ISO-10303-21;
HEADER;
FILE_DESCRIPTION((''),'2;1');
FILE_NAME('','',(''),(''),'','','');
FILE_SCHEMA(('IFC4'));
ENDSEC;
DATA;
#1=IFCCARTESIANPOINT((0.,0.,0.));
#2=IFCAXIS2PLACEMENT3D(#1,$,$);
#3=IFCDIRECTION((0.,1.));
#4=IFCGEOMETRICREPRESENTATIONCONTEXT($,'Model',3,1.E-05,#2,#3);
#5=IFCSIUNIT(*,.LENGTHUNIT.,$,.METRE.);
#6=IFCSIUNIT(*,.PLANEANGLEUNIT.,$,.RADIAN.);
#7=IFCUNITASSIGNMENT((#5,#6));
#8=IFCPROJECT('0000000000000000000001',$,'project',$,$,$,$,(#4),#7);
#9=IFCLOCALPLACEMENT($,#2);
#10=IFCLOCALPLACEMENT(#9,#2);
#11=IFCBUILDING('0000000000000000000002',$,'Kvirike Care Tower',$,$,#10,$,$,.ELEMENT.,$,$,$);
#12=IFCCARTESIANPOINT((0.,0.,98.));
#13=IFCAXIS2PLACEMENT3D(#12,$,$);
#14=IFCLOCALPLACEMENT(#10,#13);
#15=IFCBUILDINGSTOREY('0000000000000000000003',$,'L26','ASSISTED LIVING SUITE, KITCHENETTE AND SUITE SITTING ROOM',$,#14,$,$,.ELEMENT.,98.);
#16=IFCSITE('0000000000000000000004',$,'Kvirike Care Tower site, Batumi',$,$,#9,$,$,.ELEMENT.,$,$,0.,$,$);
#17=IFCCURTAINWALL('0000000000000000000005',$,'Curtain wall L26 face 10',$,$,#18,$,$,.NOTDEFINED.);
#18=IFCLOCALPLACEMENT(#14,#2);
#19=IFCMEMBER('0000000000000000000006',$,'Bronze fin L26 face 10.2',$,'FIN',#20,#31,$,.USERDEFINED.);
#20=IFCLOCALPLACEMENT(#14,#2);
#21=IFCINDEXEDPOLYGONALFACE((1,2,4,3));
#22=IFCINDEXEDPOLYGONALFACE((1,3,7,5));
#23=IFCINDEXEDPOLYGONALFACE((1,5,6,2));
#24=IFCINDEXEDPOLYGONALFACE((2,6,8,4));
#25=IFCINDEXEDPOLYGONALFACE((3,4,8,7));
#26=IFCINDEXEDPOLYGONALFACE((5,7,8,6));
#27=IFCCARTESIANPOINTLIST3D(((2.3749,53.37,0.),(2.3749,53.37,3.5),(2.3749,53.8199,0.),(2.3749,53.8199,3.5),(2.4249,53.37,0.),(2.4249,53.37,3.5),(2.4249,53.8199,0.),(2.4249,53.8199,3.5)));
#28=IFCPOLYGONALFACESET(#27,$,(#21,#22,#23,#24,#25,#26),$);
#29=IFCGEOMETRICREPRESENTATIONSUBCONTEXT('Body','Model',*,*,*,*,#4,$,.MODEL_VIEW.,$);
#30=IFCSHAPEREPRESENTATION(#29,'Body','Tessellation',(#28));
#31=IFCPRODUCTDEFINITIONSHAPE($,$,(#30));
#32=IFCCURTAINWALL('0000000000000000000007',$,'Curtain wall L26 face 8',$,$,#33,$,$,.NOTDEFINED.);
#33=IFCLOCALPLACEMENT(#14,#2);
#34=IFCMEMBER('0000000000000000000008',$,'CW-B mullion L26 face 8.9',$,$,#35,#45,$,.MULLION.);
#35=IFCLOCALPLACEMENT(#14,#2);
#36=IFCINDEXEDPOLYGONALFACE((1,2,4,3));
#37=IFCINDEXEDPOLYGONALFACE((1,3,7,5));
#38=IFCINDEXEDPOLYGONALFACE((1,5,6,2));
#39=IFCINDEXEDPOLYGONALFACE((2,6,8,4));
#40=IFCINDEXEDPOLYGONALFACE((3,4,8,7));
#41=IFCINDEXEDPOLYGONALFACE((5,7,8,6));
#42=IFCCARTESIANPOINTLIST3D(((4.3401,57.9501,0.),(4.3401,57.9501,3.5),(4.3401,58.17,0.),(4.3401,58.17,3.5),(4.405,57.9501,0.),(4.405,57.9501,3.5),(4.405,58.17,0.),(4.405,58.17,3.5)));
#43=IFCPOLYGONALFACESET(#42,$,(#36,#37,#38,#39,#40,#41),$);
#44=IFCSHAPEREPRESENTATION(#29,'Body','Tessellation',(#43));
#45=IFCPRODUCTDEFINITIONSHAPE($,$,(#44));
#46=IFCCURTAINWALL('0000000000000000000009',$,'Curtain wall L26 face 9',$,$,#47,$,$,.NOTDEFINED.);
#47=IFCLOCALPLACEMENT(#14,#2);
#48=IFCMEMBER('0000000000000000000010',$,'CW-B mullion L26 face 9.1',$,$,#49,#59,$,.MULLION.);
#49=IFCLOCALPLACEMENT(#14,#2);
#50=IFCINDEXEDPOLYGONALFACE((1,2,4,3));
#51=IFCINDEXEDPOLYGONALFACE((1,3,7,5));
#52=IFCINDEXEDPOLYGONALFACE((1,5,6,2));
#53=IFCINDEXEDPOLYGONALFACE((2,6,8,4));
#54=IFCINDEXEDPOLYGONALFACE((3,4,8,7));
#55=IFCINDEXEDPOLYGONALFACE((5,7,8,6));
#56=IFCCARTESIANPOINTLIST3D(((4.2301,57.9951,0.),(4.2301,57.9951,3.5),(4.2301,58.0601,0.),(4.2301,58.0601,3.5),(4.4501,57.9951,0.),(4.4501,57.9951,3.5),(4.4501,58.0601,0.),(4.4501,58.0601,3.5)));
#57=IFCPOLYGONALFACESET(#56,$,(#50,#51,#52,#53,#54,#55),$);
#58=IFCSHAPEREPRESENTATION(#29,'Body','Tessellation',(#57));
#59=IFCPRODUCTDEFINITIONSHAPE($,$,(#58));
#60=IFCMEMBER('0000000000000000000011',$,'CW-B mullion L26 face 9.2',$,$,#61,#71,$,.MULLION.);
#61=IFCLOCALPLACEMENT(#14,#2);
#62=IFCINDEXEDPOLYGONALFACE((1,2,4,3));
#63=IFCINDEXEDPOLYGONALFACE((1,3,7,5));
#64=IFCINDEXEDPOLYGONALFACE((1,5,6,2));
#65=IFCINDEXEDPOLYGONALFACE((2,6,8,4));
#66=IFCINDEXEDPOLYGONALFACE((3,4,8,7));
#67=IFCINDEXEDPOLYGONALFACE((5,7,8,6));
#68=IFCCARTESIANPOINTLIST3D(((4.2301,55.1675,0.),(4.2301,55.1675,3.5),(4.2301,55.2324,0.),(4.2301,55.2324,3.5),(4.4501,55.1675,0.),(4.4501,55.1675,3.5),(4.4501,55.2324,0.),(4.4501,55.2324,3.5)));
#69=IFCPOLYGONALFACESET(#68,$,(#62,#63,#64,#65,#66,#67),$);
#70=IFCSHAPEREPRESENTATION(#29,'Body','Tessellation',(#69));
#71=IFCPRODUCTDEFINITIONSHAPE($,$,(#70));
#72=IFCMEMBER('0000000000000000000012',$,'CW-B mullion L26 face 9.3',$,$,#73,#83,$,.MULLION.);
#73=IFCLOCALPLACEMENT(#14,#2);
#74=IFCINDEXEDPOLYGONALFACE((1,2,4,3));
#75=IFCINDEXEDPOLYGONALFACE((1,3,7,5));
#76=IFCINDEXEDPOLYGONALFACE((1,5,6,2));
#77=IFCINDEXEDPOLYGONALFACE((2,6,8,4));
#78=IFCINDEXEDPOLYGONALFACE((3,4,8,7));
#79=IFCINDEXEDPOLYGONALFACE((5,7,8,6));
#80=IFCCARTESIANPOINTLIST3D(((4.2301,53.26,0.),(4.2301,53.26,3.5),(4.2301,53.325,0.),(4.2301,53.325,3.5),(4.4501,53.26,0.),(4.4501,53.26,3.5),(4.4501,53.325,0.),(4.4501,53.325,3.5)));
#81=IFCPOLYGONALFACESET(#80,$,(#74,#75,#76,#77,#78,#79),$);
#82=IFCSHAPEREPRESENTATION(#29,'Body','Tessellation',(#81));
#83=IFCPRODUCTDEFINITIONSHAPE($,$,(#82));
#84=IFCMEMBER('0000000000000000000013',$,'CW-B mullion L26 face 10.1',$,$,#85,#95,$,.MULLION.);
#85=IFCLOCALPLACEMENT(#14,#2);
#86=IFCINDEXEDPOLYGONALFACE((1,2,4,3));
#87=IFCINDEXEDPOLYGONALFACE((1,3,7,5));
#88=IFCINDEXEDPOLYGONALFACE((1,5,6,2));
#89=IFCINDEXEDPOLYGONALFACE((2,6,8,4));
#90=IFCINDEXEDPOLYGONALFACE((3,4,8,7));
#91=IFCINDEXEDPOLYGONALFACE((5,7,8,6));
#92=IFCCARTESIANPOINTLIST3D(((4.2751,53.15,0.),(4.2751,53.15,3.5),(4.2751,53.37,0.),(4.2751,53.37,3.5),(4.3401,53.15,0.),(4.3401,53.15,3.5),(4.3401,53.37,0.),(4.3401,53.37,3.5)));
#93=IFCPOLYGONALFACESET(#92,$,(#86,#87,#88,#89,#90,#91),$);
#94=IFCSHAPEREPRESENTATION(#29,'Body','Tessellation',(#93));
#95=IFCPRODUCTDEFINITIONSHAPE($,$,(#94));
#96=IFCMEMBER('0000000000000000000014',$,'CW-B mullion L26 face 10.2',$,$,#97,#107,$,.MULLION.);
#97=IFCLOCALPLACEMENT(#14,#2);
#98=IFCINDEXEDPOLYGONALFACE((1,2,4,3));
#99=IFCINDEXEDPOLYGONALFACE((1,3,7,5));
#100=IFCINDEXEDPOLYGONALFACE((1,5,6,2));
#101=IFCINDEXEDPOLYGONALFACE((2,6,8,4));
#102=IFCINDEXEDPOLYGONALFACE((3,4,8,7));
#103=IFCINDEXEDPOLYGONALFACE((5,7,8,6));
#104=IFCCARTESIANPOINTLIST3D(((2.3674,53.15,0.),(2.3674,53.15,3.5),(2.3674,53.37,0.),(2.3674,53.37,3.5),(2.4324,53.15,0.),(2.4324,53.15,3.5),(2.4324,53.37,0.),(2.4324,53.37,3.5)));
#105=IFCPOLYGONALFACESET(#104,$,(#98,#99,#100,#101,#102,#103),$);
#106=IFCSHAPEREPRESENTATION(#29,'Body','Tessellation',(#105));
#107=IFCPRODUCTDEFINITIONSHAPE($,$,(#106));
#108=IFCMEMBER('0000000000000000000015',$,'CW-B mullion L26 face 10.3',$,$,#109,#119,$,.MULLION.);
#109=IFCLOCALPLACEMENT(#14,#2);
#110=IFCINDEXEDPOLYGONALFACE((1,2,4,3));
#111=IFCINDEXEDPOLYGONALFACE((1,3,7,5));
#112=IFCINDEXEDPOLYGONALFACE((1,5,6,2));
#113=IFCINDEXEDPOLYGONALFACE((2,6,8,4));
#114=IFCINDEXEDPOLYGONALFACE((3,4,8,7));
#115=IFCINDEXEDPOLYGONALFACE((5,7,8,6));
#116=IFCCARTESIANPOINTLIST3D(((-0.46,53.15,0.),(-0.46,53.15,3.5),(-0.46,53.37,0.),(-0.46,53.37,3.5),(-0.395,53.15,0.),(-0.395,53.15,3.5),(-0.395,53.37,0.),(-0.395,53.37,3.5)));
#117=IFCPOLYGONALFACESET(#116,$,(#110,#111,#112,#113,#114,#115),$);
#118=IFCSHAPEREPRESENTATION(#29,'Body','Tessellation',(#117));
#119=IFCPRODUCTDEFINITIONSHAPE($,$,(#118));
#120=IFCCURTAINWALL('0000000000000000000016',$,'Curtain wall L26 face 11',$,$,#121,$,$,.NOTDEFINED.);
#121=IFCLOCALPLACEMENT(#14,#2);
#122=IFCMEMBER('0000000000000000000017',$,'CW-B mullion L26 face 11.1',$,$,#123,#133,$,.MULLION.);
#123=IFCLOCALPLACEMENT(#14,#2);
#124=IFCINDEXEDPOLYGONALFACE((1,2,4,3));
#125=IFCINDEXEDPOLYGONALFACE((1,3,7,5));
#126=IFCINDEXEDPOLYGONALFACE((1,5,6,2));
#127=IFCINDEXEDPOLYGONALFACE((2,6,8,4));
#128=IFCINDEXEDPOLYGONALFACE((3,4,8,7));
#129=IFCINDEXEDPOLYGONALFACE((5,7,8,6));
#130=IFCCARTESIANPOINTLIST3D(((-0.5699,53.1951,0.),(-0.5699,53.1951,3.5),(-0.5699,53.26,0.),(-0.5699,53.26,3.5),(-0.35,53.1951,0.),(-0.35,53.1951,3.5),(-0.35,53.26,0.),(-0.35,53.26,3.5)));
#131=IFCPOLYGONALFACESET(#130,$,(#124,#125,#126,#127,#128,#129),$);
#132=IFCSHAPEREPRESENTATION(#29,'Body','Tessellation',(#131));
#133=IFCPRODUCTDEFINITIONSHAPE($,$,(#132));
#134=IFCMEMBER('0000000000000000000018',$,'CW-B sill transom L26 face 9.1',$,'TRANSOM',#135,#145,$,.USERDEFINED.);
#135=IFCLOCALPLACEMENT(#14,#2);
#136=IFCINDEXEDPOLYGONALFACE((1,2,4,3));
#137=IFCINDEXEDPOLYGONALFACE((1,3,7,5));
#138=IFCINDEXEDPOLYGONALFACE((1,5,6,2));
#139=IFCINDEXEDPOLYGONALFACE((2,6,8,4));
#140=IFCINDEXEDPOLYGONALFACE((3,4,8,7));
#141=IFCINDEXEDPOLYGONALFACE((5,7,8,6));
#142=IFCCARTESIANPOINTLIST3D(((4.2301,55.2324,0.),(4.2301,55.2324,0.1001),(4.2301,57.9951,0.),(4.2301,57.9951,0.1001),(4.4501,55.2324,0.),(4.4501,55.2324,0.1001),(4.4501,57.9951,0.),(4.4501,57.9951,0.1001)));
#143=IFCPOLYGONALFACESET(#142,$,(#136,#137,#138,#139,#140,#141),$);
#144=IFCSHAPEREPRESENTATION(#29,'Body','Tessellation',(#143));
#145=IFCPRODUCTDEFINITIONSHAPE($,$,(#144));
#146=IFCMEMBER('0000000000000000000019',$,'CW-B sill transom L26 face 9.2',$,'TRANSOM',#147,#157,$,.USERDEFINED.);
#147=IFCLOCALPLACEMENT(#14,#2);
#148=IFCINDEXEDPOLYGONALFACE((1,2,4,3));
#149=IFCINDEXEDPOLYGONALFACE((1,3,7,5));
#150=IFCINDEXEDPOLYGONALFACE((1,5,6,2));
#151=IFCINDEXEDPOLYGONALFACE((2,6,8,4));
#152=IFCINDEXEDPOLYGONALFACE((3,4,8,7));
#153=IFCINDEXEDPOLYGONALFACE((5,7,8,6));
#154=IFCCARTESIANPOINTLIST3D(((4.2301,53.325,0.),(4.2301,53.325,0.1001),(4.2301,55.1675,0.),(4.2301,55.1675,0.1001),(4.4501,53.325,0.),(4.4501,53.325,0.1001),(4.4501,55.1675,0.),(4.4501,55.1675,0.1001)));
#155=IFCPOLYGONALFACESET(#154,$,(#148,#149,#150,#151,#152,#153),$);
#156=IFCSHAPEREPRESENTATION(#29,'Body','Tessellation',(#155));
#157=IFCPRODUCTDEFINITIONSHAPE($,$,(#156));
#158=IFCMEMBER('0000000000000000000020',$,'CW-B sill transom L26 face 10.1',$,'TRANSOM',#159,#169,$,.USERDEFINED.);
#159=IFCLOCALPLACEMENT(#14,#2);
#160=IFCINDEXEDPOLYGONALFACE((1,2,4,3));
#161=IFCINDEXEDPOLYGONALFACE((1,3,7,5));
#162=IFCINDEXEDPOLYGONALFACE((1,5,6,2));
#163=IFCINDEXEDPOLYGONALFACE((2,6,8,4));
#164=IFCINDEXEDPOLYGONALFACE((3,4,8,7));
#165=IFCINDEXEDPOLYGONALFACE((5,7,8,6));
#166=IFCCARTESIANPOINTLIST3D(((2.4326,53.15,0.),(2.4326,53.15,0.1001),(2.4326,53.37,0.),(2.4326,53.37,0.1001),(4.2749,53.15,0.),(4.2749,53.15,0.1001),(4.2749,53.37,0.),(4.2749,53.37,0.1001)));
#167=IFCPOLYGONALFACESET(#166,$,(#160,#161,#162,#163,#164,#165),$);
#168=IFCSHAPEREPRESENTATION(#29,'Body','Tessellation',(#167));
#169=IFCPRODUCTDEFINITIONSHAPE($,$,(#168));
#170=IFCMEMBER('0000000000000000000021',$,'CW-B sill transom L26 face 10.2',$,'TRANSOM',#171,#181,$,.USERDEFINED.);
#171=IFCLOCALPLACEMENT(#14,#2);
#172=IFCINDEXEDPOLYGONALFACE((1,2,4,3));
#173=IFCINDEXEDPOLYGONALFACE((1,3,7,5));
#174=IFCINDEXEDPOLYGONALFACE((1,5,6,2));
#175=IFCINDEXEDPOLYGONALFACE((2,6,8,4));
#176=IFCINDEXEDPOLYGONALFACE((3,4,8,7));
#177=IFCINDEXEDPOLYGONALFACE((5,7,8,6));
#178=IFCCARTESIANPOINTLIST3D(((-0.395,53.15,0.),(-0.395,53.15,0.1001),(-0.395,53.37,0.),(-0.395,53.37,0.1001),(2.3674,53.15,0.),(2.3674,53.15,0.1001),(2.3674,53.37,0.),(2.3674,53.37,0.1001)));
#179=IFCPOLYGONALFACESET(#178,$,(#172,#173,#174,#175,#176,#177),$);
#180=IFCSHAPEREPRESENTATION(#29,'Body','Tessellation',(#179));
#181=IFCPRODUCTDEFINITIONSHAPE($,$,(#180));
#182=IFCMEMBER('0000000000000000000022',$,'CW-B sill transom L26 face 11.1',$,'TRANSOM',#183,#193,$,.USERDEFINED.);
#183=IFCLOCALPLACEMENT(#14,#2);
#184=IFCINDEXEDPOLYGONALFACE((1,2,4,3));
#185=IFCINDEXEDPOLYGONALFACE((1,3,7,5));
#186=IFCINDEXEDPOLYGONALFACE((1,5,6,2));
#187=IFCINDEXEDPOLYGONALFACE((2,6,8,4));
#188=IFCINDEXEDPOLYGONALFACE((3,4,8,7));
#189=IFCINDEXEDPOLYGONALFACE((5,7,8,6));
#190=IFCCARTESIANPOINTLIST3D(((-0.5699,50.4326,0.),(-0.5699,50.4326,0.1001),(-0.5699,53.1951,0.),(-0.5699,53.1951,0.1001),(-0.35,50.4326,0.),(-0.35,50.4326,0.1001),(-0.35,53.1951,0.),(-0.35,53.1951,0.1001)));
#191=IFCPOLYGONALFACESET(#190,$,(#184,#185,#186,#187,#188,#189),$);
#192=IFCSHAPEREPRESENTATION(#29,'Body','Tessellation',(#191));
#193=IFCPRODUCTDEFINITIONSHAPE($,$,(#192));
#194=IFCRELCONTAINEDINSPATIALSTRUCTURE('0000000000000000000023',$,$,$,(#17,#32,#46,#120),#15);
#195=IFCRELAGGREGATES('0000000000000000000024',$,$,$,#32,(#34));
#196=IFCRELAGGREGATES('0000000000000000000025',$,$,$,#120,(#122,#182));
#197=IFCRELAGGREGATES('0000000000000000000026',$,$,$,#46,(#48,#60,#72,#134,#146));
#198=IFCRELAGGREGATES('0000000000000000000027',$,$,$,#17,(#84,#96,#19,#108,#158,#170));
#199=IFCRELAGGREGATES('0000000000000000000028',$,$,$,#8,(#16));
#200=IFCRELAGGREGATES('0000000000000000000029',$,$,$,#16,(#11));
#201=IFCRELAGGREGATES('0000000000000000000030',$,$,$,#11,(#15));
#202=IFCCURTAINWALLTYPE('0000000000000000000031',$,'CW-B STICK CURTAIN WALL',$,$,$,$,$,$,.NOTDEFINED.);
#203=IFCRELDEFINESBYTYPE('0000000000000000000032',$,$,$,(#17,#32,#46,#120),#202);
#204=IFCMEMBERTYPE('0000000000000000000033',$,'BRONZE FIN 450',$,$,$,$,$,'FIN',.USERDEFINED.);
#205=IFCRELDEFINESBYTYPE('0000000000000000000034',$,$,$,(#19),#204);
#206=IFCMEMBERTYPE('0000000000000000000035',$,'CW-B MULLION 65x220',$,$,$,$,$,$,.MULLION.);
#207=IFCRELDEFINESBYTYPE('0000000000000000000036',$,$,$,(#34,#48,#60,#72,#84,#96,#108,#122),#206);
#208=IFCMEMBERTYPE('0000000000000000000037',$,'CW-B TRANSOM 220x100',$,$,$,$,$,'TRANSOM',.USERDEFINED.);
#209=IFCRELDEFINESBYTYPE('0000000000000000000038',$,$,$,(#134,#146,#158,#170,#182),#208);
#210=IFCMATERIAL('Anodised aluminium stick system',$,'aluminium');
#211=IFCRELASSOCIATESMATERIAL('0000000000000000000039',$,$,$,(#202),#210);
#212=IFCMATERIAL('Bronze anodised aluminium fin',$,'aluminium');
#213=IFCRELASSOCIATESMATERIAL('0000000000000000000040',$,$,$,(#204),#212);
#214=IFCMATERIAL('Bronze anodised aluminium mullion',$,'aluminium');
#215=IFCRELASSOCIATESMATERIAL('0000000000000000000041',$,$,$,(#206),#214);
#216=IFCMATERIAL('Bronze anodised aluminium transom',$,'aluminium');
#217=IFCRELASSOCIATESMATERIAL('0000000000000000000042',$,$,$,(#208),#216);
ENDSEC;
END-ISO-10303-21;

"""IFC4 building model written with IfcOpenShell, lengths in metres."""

from ifc_helpers import new_model, si_unit, direction, frame, origin, origin_2d, place, context, subcontext, project, spatial, rectangle, extrude, material, material_profile, profile_set, type_object, element, aggregate, save


model = new_model("IFC4")

# Units and contexts
model_context = context("Model", 3, precision=1e-05, world=origin(), true_north=direction((0.0, 1.0)))
body_context = subcontext(model_context, "Body", "Model", "MODEL_VIEW")
ifc_project = project(units=[si_unit("LENGTHUNIT", "METRE"), si_unit("PLANEANGLEUNIT", "RADIAN")], contexts=[model_context])

# Site, building, storey
site_placement = place(None, origin())
site = spatial("IfcSite", under=ifc_project, at=site_placement, Name="Kvirike Care Tower site, Batumi", CompositionType="ELEMENT", RefElevation=0.0)
building_placement = place(site_placement, origin())
building = spatial("IfcBuilding", under=site, at=building_placement, Name="Kvirike Care Tower", CompositionType="ELEMENT")
storey_placement = place(building_placement, frame((0.0, 0.0, 98.0)))
storey = spatial("IfcBuildingStorey", under=building, at=storey_placement, Name="L26", Description="ASSISTED LIVING SUITE, KITCHENETTE AND SUITE SITTING ROOM", CompositionType="ELEMENT", Elevation=98.0)

# Curtain walls, members
ifc_material_1 = material(Name="Anodised aluminium stick system", Category="aluminium")
curtain_wall_type = type_object("IfcCurtainWallType", Name="CW-B STICK CURTAIN WALL", PredefinedType="NOTDEFINED", material=ifc_material_1)
curtain_wall_1_placement = place(storey_placement, origin())
curtain_wall_1 = element("IfcCurtainWall", 1, at=curtain_wall_1_placement, inside=storey, type_object=curtain_wall_type, Name="Curtain wall L26 face 10", PredefinedType="NOTDEFINED")
ifc_material_2 = material(Name="Bronze anodised aluminium fin", Category="aluminium")
ifc_material_profile_1 = material_profile(ifc_material_2, rectangle(XDim=0.05, YDim=0.45, at=origin_2d()), Name="BRONZE FIN 450")
ifc_profile_set_1 = profile_set([ifc_material_profile_1], Name="Bronze anodised aluminium fin")
member_type_1 = type_object("IfcMemberType", Name="BRONZE FIN 450", ElementType="FIN", PredefinedType="USERDEFINED", material=ifc_profile_set_1)
member_1_placement = place(storey_placement, frame((2.3999, 53.595, 0.0), z_axis=(0.0, 0.0, 1.0), x_axis=(-1.0, 0.0, 0.0)))
member_1 = element("IfcMember", 2, at=member_1_placement, type_object=member_type_1, Name="Bronze fin L26 face 10.2", ObjectType="FIN", PredefinedType="USERDEFINED", context=body_context, shape_type="SweptSolid", body=[
    extrude(rectangle(XDim=0.05, YDim=0.45, at=origin_2d()), origin(), (0.0, 0.0, 1.0), 3.5),
])
curtain_wall_2_placement = place(storey_placement, origin())
curtain_wall_2 = element("IfcCurtainWall", 3, at=curtain_wall_2_placement, inside=storey, type_object=curtain_wall_type, Name="Curtain wall L26 face 8", PredefinedType="NOTDEFINED")
ifc_material_3 = material(Name="Bronze anodised aluminium mullion", Category="aluminium")
ifc_material_profile_2 = material_profile(ifc_material_3, rectangle(XDim=0.0649, YDim=0.22, at=origin_2d()), Name="CW-B MULLION 65x220")
ifc_profile_set_2 = profile_set([ifc_material_profile_2], Name="Bronze anodised aluminium mullion")
member_type_2 = type_object("IfcMemberType", Name="CW-B MULLION 65x220", PredefinedType="MULLION", material=ifc_profile_set_2)
member_2_placement = place(storey_placement, frame((4.3726, 58.0601, 0.0), z_axis=(0.0, 0.0, 1.0), x_axis=(-1.0, 0.0, 0.0)))
member_2 = element("IfcMember", 4, at=member_2_placement, type_object=member_type_2, Name="CW-B mullion L26 face 8.9", PredefinedType="MULLION", context=body_context, shape_type="SweptSolid", body=[
    extrude(rectangle(XDim=0.0649, YDim=0.22, at=origin_2d()), origin(), (0.0, 0.0, 1.0), 3.5),
])
aggregate(curtain_wall_2, [member_2])

# Curtain wall, members
curtain_wall_3_placement = place(storey_placement, origin())
curtain_wall_3 = element("IfcCurtainWall", 5, at=curtain_wall_3_placement, inside=storey, type_object=curtain_wall_type, Name="Curtain wall L26 face 9", PredefinedType="NOTDEFINED")
member_3_placement = place(storey_placement, frame((4.3401, 58.0276, 0.0), z_axis=(0.0, 0.0, 1.0), x_axis=(0.0, -1.0, 0.0)))
member_3 = element("IfcMember", 6, at=member_3_placement, type_object=member_type_2, Name="CW-B mullion L26 face 9.1", PredefinedType="MULLION", context=body_context, shape_type="SweptSolid", body=[
    extrude(rectangle(XDim=0.0649, YDim=0.22, at=origin_2d()), origin(), (0.0, 0.0, 1.0), 3.5),
])
member_4_placement = place(storey_placement, frame((4.3401, 55.2, 0.0), z_axis=(0.0, 0.0, 1.0), x_axis=(0.0, -1.0, 0.0)))
member_4 = element("IfcMember", 7, at=member_4_placement, type_object=member_type_2, Name="CW-B mullion L26 face 9.2", PredefinedType="MULLION", context=body_context, shape_type="SweptSolid", body=[
    extrude(rectangle(XDim=0.0649, YDim=0.22, at=origin_2d()), origin(), (0.0, 0.0, 1.0), 3.5),
])
member_5_placement = place(storey_placement, frame((4.3401, 53.2925, 0.0), z_axis=(0.0, 0.0, 1.0), x_axis=(0.0, -1.0, 0.0)))
member_5 = element("IfcMember", 8, at=member_5_placement, type_object=member_type_2, Name="CW-B mullion L26 face 9.3", PredefinedType="MULLION", context=body_context, shape_type="SweptSolid", body=[
    extrude(rectangle(XDim=0.0649, YDim=0.22, at=origin_2d()), origin(), (0.0, 0.0, 1.0), 3.5),
])

# Members
member_6_placement = place(storey_placement, frame((4.3076, 53.26, 0.0), z_axis=(0.0, 0.0, 1.0), x_axis=(-1.0, 0.0, 0.0)))
member_6 = element("IfcMember", 9, at=member_6_placement, type_object=member_type_2, Name="CW-B mullion L26 face 10.1", PredefinedType="MULLION", context=body_context, shape_type="SweptSolid", body=[
    extrude(rectangle(XDim=0.0649, YDim=0.22, at=origin_2d()), origin(), (0.0, 0.0, 1.0), 3.5),
])
member_7_placement = place(storey_placement, frame((2.3999, 53.26, 0.0), z_axis=(0.0, 0.0, 1.0), x_axis=(-1.0, 0.0, 0.0)))
member_7 = element("IfcMember", 10, at=member_7_placement, type_object=member_type_2, Name="CW-B mullion L26 face 10.2", PredefinedType="MULLION", context=body_context, shape_type="SweptSolid", body=[
    extrude(rectangle(XDim=0.0649, YDim=0.22, at=origin_2d()), origin(), (0.0, 0.0, 1.0), 3.5),
])
member_8_placement = place(storey_placement, frame((-0.4275, 53.26, 0.0), z_axis=(0.0, 0.0, 1.0), x_axis=(-1.0, 0.0, 0.0)))
member_8 = element("IfcMember", 11, at=member_8_placement, type_object=member_type_2, Name="CW-B mullion L26 face 10.3", PredefinedType="MULLION", context=body_context, shape_type="SweptSolid", body=[
    extrude(rectangle(XDim=0.0649, YDim=0.22, at=origin_2d()), origin(), (0.0, 0.0, 1.0), 3.5),
])

# Curtain wall, member
curtain_wall_4_placement = place(storey_placement, origin())
curtain_wall_4 = element("IfcCurtainWall", 12, at=curtain_wall_4_placement, inside=storey, type_object=curtain_wall_type, Name="Curtain wall L26 face 11", PredefinedType="NOTDEFINED")
member_9_placement = place(storey_placement, frame((-0.46, 53.2275, 0.0), z_axis=(0.0, 0.0, 1.0), x_axis=(0.0, -1.0, 0.0)))
member_9 = element("IfcMember", 13, at=member_9_placement, type_object=member_type_2, Name="CW-B mullion L26 face 11.1", PredefinedType="MULLION", context=body_context, shape_type="SweptSolid", body=[
    extrude(rectangle(XDim=0.0649, YDim=0.22, at=origin_2d()), origin(), (0.0, 0.0, 1.0), 3.5),
])

# Members
ifc_material_4 = material(Name="Bronze anodised aluminium transom", Category="aluminium")
ifc_material_profile_3 = material_profile(ifc_material_4, rectangle(XDim=0.22, YDim=0.1001, at=origin_2d()), Name="CW-B TRANSOM 220x100")
ifc_profile_set_3 = profile_set([ifc_material_profile_3], Name="Bronze anodised aluminium transom")
member_type_3 = type_object("IfcMemberType", Name="CW-B TRANSOM 220x100", ElementType="TRANSOM", PredefinedType="USERDEFINED", material=ifc_profile_set_3)
member_10_placement = place(storey_placement, frame((4.3401, 57.9951, 0.05), z_axis=(0.0, -1.0, 0.0), x_axis=(1.0, 0.0, 0.0)))
member_10 = element("IfcMember", 14, at=member_10_placement, type_object=member_type_3, Name="CW-B sill transom L26 face 9.1", ObjectType="TRANSOM", PredefinedType="USERDEFINED", context=body_context, shape_type="SweptSolid", body=[
    extrude(rectangle(XDim=0.22, YDim=0.1001, at=origin_2d()), origin(), (0.0, 0.0, 1.0), 2.7627),
])
member_11_placement = place(storey_placement, frame((4.3401, 55.1675, 0.05), z_axis=(0.0, -1.0, 0.0), x_axis=(1.0, 0.0, 0.0)))
member_11 = element("IfcMember", 15, at=member_11_placement, type_object=member_type_3, Name="CW-B sill transom L26 face 9.2", ObjectType="TRANSOM", PredefinedType="USERDEFINED", context=body_context, shape_type="SweptSolid", body=[
    extrude(rectangle(XDim=0.22, YDim=0.1001, at=origin_2d()), origin(), (0.0, 0.0, 1.0), 1.8425),
])
member_12_placement = place(storey_placement, frame((4.2749, 53.26, 0.05), z_axis=(-1.0, 0.0, 0.0), x_axis=(0.0, -1.0, 0.0)))
member_12 = element("IfcMember", 16, at=member_12_placement, type_object=member_type_3, Name="CW-B sill transom L26 face 10.1", ObjectType="TRANSOM", PredefinedType="USERDEFINED", context=body_context, shape_type="SweptSolid", body=[
    extrude(rectangle(XDim=0.22, YDim=0.1001, at=origin_2d()), origin(), (0.0, 0.0, 1.0), 1.8423),
])
member_13_placement = place(storey_placement, frame((2.3674, 53.26, 0.05), z_axis=(-1.0, 0.0, 0.0), x_axis=(0.0, -1.0, 0.0)))
member_13 = element("IfcMember", 17, at=member_13_placement, type_object=member_type_3, Name="CW-B sill transom L26 face 10.2", ObjectType="TRANSOM", PredefinedType="USERDEFINED", context=body_context, shape_type="SweptSolid", body=[
    extrude(rectangle(XDim=0.22, YDim=0.1001, at=origin_2d()), origin(), (0.0, 0.0, 1.0), 2.7625),
])
member_14_placement = place(storey_placement, frame((-0.46, 53.1951, 0.05), z_axis=(0.0, -1.0, 0.0), x_axis=(1.0, 0.0, 0.0)))
member_14 = element("IfcMember", 18, at=member_14_placement, type_object=member_type_3, Name="CW-B sill transom L26 face 11.1", ObjectType="TRANSOM", PredefinedType="USERDEFINED", context=body_context, shape_type="SweptSolid", body=[
    extrude(rectangle(XDim=0.22, YDim=0.1001, at=origin_2d()), origin(), (0.0, 0.0, 1.0), 2.7625),
])
aggregate(curtain_wall_4, [member_9, member_14])

aggregate(curtain_wall_3, [member_3, member_4, member_5, member_10, member_11])
aggregate(curtain_wall_1, [member_6, member_7, member_1, member_8, member_12, member_13])

save(model, "model.ifc")
